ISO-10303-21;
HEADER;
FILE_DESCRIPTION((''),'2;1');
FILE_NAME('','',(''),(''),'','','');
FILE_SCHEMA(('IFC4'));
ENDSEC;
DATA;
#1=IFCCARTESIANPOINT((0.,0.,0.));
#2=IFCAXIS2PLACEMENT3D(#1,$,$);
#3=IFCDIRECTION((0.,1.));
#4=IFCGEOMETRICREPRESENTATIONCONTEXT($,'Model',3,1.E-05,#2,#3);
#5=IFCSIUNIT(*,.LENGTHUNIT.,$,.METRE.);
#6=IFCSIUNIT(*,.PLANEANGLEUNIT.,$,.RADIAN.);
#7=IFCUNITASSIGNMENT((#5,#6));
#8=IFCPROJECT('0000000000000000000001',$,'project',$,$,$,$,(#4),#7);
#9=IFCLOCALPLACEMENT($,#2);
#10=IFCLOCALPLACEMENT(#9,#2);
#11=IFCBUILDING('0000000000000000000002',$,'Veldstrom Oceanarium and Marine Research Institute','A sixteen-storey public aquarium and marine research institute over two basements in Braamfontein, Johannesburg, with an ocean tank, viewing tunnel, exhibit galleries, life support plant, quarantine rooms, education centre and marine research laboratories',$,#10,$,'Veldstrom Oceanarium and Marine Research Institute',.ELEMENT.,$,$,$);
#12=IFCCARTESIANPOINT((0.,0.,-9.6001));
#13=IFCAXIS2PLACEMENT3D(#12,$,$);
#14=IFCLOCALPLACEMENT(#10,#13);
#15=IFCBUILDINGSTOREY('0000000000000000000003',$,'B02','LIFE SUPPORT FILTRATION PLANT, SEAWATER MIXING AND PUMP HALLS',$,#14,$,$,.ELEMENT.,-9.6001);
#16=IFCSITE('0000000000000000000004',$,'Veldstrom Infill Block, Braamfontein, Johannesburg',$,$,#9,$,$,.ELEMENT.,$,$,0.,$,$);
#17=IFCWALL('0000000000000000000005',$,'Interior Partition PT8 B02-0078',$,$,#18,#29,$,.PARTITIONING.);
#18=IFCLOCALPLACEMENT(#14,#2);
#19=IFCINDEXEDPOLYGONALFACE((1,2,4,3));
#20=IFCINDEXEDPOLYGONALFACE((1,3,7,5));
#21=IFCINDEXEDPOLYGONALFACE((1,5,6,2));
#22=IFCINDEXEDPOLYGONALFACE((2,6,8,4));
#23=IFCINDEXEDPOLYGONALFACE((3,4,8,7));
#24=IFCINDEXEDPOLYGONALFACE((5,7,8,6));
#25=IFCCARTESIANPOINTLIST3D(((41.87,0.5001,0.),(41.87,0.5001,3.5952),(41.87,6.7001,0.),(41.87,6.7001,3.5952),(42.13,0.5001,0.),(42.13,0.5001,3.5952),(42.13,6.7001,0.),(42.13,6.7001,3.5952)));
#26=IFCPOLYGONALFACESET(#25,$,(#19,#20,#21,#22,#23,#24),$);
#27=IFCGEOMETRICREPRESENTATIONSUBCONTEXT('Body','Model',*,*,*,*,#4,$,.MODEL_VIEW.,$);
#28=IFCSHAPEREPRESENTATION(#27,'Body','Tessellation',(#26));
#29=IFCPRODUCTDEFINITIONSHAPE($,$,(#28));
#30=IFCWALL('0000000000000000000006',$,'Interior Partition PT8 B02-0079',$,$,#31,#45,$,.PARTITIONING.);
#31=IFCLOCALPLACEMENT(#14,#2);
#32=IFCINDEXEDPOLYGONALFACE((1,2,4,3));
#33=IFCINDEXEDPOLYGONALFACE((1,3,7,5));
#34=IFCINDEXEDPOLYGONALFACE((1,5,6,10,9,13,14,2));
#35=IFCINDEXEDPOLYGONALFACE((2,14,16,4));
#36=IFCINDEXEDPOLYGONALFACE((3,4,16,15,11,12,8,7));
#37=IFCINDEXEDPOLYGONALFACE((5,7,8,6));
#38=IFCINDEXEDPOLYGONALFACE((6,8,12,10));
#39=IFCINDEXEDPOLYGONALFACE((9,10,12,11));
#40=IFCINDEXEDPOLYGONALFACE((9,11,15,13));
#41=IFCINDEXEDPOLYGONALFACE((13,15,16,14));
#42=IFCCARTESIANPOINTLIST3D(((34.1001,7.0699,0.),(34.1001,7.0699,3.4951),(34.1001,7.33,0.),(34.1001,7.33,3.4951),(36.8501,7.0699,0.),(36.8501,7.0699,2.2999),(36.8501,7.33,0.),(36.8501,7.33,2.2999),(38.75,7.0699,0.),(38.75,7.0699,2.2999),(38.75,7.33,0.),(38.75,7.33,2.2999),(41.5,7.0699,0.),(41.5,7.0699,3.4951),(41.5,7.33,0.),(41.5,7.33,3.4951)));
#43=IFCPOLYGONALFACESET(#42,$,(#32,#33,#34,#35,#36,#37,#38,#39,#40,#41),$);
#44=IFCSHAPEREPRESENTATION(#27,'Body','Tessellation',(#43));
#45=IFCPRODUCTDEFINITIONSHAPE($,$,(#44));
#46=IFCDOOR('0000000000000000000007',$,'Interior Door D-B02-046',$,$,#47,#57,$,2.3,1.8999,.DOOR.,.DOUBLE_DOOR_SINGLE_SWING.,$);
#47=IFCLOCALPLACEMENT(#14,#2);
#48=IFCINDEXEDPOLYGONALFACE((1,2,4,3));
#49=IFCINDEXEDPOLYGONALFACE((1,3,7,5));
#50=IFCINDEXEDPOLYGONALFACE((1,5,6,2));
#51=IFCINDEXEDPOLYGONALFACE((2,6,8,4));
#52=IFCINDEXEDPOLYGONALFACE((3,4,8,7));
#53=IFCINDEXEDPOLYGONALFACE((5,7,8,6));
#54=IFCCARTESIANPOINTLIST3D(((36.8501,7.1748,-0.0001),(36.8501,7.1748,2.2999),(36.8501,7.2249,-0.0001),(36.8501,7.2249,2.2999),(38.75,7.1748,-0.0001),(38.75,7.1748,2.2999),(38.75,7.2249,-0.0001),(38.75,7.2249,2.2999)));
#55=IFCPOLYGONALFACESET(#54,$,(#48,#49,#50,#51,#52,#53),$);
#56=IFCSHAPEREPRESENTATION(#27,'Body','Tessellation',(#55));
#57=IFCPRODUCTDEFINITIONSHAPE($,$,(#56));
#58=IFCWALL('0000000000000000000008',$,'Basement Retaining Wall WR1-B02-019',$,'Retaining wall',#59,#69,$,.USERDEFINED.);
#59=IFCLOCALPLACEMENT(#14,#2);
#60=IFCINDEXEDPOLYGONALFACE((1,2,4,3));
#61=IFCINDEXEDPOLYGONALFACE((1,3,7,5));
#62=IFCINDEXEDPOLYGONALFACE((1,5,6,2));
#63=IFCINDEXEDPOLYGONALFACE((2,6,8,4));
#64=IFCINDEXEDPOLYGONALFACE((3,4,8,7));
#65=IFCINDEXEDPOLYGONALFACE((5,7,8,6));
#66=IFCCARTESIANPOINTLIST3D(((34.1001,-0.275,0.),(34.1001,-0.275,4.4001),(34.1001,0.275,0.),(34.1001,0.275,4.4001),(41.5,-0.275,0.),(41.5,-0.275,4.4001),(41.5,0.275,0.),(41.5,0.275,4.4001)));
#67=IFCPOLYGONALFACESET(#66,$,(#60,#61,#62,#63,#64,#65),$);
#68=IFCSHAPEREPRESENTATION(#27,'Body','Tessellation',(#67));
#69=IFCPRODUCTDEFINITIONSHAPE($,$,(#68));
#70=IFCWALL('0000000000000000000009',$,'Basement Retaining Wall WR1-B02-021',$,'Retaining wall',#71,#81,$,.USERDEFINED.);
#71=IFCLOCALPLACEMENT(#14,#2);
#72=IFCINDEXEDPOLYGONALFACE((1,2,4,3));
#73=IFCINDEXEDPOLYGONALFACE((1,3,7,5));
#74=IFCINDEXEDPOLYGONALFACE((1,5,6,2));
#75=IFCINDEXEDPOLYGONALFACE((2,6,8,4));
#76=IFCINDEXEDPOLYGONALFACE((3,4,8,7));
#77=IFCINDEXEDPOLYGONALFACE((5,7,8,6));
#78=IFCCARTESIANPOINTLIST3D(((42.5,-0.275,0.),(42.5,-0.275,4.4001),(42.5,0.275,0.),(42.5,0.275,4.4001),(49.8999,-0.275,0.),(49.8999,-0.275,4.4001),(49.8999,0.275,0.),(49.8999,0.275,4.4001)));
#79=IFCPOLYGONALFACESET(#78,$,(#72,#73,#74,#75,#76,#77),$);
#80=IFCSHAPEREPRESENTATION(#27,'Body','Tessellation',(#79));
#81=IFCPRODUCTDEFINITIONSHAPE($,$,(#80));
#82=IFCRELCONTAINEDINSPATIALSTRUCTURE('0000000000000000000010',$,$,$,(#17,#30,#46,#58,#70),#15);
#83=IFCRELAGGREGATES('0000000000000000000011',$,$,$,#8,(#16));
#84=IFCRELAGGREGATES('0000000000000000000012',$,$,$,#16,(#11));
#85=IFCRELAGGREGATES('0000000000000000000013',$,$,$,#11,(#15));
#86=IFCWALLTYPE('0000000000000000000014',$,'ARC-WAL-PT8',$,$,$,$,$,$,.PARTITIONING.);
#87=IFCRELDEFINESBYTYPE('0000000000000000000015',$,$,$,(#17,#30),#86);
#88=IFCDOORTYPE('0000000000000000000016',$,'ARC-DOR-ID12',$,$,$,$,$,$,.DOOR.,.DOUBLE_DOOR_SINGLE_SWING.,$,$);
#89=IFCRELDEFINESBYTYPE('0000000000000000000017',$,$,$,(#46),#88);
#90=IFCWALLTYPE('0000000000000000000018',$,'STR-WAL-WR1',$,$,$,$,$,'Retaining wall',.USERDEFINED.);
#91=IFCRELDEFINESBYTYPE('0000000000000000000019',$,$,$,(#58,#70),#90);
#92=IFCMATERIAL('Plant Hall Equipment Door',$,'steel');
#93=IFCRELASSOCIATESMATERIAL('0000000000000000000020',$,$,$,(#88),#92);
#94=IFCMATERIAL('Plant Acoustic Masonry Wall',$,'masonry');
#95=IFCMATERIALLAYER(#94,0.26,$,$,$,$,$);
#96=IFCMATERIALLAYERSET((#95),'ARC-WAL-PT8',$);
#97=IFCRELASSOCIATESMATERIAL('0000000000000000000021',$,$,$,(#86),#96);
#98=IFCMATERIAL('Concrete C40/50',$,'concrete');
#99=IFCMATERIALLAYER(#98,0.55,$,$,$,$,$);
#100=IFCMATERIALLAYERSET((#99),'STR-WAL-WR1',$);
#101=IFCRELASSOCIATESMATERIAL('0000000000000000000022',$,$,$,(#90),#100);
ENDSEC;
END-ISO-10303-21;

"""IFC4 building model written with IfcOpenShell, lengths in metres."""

from ifc_helpers import new_model, si_unit, direction, frame, frame_2d, origin, place, context, subcontext, project, spatial, rectangle, extrude, material, layer, layer_set, type_object, element, fill, save


model = new_model("IFC4")

# Units and contexts
model_context = context("Model", 3, precision=1e-05, world=origin(), true_north=direction((0.0, 1.0)))
body_context = subcontext(model_context, "Body", "Model", "MODEL_VIEW")
ifc_project = project(units=[si_unit("LENGTHUNIT", "METRE"), si_unit("PLANEANGLEUNIT", "RADIAN")], contexts=[model_context])

# Site, building, storey
site_placement = place(None, origin())
site = spatial("IfcSite", under=ifc_project, at=site_placement, Name="Veldstrom Infill Block, Braamfontein, Johannesburg", CompositionType="ELEMENT", RefElevation=0.0)
building_placement = place(site_placement, origin())
building = spatial("IfcBuilding", under=site, at=building_placement, Name="Veldstrom Oceanarium and Marine Research Institute", Description="A sixteen-storey public aquarium and marine research institute over two basements in Braamfontein, Johannesburg, with an ocean tank, viewing tunnel, exhibit galleries, life support plant, quarantine rooms, education centre and marine research laboratories", LongName="Veldstrom Oceanarium and Marine Research Institute", CompositionType="ELEMENT")
storey_placement = place(building_placement, frame((0.0, 0.0, -9.6001)))
storey = spatial("IfcBuildingStorey", under=building, at=storey_placement, Name="B02", Description="LIFE SUPPORT FILTRATION PLANT, SEAWATER MIXING AND PUMP HALLS", CompositionType="ELEMENT", Elevation=-9.6001)

# Shared definitions
ifc_material_1 = material(Name="Plant Hall Equipment Door", Category="steel")
door_type = type_object("IfcDoorType", Name="ARC-DOR-ID12", OperationType="DOUBLE_DOOR_SINGLE_SWING", PredefinedType="DOOR", material=ifc_material_1)

# Wall
ifc_material_2 = material(Name="Plant Acoustic Masonry Wall", Category="masonry")
ifc_layer_1 = layer(ifc_material_2, 0.26)
ifc_layer_set_1 = layer_set([ifc_layer_1], Name="ARC-WAL-PT8")
wall_type_1 = type_object("IfcWallType", Name="ARC-WAL-PT8", PredefinedType="PARTITIONING", material=ifc_layer_set_1)
wall_1_placement = place(storey_placement, frame((42.0, 0.5, 0.0), z_axis=(0.0, 0.0, 1.0), x_axis=(0.0, 1.0, 0.0)))
element("IfcWall", 1, at=wall_1_placement, inside=storey, type_object=wall_type_1, Name="Interior Partition PT8 B02-0078", PredefinedType="PARTITIONING", context=body_context, shape_type="SweptSolid", body=[
    extrude(rectangle(XDim=6.2, YDim=0.26, at=frame_2d((3.1001, 0.0))), origin(), (0.0, 0.0, 1.0), 3.5952),
])

# Wall, opening, door
wall_2_placement = place(storey_placement, frame((34.1001, 7.2, 0.0), z_axis=(0.0, 0.0, 1.0), x_axis=(1.0, 0.0, 0.0)))
wall_2 = element("IfcWall", 2, at=wall_2_placement, inside=storey, type_object=wall_type_1, Name="Interior Partition PT8 B02-0079", PredefinedType="PARTITIONING", context=body_context, shape_type="SweptSolid", body=[
    extrude(rectangle(XDim=7.3999, YDim=0.26, at=frame_2d((3.7, 0.0))), origin(), (0.0, 0.0, 1.0), 3.4951),
])
opening_1_placement = place(wall_2_placement, frame((2.75, 0.0, 0.0)))
opening_1 = element("IfcOpeningElement", 3, at=opening_1_placement, cuts=wall_2, PredefinedType="OPENING", context=body_context, shape_type="SweptSolid", body=[
    extrude(rectangle(XDim=1.8999, YDim=2.3, at=frame_2d((0.95, 1.1499))), frame((0.0, 0.1399, 0.0), z_axis=(0.0, -1.0, 0.0), x_axis=(1.0, 0.0, 0.0)), (0.0, 0.0, 1.0), 0.28),
])
door_1_placement = place(opening_1_placement, origin())
door_1 = element("IfcDoor", 4, at=door_1_placement, inside=storey, type_object=door_type, Name="Interior Door D-B02-046", OperationType="DOUBLE_DOOR_SINGLE_SWING", OverallHeight=2.3, OverallWidth=1.8999, PredefinedType="DOOR", context=body_context, shape_type="SweptSolid", body=[
    extrude(rectangle(XDim=1.8999, YDim=2.3, at=frame_2d((0.95, 1.1499))), frame((0.0, 0.0249, 0.0), z_axis=(0.0, -1.0, 0.0), x_axis=(1.0, 0.0, 0.0)), (0.0, 0.0, 1.0), 0.05),
])
fill(opening_1, door_1)

# Walls
ifc_material_3 = material(Name="Concrete C40/50", Category="concrete")
ifc_layer_2 = layer(ifc_material_3, 0.55)
ifc_layer_set_2 = layer_set([ifc_layer_2], Name="STR-WAL-WR1")
wall_type_2 = type_object("IfcWallType", Name="STR-WAL-WR1", ElementType="Retaining wall", PredefinedType="USERDEFINED", material=ifc_layer_set_2)
for number, where, z_axis, x_axis, name in (
    (5, (34.1001, 0.0, 0.0), (0.0, 0.0, 1.0), (1.0, 0.0, 0.0), "Basement Retaining Wall WR1-B02-019"),
    (6, (42.5, 0.0, 0.0), (0.0, 0.0, 1.0), (1.0, 0.0, 0.0), "Basement Retaining Wall WR1-B02-021"),
):
    element("IfcWall", number, at=place(storey_placement, frame(where, z_axis=z_axis, x_axis=x_axis)), inside=storey, type_object=wall_type_2, Name=name, ObjectType="Retaining wall", PredefinedType="USERDEFINED", context=body_context, shape_type="SweptSolid", body=[
        extrude(rectangle(XDim=7.3999, YDim=0.55, at=frame_2d((3.7, 0.0))), origin(), (0.0, 0.0, 1.0), 4.4001),
    ])

save(model, "model.ifc")
